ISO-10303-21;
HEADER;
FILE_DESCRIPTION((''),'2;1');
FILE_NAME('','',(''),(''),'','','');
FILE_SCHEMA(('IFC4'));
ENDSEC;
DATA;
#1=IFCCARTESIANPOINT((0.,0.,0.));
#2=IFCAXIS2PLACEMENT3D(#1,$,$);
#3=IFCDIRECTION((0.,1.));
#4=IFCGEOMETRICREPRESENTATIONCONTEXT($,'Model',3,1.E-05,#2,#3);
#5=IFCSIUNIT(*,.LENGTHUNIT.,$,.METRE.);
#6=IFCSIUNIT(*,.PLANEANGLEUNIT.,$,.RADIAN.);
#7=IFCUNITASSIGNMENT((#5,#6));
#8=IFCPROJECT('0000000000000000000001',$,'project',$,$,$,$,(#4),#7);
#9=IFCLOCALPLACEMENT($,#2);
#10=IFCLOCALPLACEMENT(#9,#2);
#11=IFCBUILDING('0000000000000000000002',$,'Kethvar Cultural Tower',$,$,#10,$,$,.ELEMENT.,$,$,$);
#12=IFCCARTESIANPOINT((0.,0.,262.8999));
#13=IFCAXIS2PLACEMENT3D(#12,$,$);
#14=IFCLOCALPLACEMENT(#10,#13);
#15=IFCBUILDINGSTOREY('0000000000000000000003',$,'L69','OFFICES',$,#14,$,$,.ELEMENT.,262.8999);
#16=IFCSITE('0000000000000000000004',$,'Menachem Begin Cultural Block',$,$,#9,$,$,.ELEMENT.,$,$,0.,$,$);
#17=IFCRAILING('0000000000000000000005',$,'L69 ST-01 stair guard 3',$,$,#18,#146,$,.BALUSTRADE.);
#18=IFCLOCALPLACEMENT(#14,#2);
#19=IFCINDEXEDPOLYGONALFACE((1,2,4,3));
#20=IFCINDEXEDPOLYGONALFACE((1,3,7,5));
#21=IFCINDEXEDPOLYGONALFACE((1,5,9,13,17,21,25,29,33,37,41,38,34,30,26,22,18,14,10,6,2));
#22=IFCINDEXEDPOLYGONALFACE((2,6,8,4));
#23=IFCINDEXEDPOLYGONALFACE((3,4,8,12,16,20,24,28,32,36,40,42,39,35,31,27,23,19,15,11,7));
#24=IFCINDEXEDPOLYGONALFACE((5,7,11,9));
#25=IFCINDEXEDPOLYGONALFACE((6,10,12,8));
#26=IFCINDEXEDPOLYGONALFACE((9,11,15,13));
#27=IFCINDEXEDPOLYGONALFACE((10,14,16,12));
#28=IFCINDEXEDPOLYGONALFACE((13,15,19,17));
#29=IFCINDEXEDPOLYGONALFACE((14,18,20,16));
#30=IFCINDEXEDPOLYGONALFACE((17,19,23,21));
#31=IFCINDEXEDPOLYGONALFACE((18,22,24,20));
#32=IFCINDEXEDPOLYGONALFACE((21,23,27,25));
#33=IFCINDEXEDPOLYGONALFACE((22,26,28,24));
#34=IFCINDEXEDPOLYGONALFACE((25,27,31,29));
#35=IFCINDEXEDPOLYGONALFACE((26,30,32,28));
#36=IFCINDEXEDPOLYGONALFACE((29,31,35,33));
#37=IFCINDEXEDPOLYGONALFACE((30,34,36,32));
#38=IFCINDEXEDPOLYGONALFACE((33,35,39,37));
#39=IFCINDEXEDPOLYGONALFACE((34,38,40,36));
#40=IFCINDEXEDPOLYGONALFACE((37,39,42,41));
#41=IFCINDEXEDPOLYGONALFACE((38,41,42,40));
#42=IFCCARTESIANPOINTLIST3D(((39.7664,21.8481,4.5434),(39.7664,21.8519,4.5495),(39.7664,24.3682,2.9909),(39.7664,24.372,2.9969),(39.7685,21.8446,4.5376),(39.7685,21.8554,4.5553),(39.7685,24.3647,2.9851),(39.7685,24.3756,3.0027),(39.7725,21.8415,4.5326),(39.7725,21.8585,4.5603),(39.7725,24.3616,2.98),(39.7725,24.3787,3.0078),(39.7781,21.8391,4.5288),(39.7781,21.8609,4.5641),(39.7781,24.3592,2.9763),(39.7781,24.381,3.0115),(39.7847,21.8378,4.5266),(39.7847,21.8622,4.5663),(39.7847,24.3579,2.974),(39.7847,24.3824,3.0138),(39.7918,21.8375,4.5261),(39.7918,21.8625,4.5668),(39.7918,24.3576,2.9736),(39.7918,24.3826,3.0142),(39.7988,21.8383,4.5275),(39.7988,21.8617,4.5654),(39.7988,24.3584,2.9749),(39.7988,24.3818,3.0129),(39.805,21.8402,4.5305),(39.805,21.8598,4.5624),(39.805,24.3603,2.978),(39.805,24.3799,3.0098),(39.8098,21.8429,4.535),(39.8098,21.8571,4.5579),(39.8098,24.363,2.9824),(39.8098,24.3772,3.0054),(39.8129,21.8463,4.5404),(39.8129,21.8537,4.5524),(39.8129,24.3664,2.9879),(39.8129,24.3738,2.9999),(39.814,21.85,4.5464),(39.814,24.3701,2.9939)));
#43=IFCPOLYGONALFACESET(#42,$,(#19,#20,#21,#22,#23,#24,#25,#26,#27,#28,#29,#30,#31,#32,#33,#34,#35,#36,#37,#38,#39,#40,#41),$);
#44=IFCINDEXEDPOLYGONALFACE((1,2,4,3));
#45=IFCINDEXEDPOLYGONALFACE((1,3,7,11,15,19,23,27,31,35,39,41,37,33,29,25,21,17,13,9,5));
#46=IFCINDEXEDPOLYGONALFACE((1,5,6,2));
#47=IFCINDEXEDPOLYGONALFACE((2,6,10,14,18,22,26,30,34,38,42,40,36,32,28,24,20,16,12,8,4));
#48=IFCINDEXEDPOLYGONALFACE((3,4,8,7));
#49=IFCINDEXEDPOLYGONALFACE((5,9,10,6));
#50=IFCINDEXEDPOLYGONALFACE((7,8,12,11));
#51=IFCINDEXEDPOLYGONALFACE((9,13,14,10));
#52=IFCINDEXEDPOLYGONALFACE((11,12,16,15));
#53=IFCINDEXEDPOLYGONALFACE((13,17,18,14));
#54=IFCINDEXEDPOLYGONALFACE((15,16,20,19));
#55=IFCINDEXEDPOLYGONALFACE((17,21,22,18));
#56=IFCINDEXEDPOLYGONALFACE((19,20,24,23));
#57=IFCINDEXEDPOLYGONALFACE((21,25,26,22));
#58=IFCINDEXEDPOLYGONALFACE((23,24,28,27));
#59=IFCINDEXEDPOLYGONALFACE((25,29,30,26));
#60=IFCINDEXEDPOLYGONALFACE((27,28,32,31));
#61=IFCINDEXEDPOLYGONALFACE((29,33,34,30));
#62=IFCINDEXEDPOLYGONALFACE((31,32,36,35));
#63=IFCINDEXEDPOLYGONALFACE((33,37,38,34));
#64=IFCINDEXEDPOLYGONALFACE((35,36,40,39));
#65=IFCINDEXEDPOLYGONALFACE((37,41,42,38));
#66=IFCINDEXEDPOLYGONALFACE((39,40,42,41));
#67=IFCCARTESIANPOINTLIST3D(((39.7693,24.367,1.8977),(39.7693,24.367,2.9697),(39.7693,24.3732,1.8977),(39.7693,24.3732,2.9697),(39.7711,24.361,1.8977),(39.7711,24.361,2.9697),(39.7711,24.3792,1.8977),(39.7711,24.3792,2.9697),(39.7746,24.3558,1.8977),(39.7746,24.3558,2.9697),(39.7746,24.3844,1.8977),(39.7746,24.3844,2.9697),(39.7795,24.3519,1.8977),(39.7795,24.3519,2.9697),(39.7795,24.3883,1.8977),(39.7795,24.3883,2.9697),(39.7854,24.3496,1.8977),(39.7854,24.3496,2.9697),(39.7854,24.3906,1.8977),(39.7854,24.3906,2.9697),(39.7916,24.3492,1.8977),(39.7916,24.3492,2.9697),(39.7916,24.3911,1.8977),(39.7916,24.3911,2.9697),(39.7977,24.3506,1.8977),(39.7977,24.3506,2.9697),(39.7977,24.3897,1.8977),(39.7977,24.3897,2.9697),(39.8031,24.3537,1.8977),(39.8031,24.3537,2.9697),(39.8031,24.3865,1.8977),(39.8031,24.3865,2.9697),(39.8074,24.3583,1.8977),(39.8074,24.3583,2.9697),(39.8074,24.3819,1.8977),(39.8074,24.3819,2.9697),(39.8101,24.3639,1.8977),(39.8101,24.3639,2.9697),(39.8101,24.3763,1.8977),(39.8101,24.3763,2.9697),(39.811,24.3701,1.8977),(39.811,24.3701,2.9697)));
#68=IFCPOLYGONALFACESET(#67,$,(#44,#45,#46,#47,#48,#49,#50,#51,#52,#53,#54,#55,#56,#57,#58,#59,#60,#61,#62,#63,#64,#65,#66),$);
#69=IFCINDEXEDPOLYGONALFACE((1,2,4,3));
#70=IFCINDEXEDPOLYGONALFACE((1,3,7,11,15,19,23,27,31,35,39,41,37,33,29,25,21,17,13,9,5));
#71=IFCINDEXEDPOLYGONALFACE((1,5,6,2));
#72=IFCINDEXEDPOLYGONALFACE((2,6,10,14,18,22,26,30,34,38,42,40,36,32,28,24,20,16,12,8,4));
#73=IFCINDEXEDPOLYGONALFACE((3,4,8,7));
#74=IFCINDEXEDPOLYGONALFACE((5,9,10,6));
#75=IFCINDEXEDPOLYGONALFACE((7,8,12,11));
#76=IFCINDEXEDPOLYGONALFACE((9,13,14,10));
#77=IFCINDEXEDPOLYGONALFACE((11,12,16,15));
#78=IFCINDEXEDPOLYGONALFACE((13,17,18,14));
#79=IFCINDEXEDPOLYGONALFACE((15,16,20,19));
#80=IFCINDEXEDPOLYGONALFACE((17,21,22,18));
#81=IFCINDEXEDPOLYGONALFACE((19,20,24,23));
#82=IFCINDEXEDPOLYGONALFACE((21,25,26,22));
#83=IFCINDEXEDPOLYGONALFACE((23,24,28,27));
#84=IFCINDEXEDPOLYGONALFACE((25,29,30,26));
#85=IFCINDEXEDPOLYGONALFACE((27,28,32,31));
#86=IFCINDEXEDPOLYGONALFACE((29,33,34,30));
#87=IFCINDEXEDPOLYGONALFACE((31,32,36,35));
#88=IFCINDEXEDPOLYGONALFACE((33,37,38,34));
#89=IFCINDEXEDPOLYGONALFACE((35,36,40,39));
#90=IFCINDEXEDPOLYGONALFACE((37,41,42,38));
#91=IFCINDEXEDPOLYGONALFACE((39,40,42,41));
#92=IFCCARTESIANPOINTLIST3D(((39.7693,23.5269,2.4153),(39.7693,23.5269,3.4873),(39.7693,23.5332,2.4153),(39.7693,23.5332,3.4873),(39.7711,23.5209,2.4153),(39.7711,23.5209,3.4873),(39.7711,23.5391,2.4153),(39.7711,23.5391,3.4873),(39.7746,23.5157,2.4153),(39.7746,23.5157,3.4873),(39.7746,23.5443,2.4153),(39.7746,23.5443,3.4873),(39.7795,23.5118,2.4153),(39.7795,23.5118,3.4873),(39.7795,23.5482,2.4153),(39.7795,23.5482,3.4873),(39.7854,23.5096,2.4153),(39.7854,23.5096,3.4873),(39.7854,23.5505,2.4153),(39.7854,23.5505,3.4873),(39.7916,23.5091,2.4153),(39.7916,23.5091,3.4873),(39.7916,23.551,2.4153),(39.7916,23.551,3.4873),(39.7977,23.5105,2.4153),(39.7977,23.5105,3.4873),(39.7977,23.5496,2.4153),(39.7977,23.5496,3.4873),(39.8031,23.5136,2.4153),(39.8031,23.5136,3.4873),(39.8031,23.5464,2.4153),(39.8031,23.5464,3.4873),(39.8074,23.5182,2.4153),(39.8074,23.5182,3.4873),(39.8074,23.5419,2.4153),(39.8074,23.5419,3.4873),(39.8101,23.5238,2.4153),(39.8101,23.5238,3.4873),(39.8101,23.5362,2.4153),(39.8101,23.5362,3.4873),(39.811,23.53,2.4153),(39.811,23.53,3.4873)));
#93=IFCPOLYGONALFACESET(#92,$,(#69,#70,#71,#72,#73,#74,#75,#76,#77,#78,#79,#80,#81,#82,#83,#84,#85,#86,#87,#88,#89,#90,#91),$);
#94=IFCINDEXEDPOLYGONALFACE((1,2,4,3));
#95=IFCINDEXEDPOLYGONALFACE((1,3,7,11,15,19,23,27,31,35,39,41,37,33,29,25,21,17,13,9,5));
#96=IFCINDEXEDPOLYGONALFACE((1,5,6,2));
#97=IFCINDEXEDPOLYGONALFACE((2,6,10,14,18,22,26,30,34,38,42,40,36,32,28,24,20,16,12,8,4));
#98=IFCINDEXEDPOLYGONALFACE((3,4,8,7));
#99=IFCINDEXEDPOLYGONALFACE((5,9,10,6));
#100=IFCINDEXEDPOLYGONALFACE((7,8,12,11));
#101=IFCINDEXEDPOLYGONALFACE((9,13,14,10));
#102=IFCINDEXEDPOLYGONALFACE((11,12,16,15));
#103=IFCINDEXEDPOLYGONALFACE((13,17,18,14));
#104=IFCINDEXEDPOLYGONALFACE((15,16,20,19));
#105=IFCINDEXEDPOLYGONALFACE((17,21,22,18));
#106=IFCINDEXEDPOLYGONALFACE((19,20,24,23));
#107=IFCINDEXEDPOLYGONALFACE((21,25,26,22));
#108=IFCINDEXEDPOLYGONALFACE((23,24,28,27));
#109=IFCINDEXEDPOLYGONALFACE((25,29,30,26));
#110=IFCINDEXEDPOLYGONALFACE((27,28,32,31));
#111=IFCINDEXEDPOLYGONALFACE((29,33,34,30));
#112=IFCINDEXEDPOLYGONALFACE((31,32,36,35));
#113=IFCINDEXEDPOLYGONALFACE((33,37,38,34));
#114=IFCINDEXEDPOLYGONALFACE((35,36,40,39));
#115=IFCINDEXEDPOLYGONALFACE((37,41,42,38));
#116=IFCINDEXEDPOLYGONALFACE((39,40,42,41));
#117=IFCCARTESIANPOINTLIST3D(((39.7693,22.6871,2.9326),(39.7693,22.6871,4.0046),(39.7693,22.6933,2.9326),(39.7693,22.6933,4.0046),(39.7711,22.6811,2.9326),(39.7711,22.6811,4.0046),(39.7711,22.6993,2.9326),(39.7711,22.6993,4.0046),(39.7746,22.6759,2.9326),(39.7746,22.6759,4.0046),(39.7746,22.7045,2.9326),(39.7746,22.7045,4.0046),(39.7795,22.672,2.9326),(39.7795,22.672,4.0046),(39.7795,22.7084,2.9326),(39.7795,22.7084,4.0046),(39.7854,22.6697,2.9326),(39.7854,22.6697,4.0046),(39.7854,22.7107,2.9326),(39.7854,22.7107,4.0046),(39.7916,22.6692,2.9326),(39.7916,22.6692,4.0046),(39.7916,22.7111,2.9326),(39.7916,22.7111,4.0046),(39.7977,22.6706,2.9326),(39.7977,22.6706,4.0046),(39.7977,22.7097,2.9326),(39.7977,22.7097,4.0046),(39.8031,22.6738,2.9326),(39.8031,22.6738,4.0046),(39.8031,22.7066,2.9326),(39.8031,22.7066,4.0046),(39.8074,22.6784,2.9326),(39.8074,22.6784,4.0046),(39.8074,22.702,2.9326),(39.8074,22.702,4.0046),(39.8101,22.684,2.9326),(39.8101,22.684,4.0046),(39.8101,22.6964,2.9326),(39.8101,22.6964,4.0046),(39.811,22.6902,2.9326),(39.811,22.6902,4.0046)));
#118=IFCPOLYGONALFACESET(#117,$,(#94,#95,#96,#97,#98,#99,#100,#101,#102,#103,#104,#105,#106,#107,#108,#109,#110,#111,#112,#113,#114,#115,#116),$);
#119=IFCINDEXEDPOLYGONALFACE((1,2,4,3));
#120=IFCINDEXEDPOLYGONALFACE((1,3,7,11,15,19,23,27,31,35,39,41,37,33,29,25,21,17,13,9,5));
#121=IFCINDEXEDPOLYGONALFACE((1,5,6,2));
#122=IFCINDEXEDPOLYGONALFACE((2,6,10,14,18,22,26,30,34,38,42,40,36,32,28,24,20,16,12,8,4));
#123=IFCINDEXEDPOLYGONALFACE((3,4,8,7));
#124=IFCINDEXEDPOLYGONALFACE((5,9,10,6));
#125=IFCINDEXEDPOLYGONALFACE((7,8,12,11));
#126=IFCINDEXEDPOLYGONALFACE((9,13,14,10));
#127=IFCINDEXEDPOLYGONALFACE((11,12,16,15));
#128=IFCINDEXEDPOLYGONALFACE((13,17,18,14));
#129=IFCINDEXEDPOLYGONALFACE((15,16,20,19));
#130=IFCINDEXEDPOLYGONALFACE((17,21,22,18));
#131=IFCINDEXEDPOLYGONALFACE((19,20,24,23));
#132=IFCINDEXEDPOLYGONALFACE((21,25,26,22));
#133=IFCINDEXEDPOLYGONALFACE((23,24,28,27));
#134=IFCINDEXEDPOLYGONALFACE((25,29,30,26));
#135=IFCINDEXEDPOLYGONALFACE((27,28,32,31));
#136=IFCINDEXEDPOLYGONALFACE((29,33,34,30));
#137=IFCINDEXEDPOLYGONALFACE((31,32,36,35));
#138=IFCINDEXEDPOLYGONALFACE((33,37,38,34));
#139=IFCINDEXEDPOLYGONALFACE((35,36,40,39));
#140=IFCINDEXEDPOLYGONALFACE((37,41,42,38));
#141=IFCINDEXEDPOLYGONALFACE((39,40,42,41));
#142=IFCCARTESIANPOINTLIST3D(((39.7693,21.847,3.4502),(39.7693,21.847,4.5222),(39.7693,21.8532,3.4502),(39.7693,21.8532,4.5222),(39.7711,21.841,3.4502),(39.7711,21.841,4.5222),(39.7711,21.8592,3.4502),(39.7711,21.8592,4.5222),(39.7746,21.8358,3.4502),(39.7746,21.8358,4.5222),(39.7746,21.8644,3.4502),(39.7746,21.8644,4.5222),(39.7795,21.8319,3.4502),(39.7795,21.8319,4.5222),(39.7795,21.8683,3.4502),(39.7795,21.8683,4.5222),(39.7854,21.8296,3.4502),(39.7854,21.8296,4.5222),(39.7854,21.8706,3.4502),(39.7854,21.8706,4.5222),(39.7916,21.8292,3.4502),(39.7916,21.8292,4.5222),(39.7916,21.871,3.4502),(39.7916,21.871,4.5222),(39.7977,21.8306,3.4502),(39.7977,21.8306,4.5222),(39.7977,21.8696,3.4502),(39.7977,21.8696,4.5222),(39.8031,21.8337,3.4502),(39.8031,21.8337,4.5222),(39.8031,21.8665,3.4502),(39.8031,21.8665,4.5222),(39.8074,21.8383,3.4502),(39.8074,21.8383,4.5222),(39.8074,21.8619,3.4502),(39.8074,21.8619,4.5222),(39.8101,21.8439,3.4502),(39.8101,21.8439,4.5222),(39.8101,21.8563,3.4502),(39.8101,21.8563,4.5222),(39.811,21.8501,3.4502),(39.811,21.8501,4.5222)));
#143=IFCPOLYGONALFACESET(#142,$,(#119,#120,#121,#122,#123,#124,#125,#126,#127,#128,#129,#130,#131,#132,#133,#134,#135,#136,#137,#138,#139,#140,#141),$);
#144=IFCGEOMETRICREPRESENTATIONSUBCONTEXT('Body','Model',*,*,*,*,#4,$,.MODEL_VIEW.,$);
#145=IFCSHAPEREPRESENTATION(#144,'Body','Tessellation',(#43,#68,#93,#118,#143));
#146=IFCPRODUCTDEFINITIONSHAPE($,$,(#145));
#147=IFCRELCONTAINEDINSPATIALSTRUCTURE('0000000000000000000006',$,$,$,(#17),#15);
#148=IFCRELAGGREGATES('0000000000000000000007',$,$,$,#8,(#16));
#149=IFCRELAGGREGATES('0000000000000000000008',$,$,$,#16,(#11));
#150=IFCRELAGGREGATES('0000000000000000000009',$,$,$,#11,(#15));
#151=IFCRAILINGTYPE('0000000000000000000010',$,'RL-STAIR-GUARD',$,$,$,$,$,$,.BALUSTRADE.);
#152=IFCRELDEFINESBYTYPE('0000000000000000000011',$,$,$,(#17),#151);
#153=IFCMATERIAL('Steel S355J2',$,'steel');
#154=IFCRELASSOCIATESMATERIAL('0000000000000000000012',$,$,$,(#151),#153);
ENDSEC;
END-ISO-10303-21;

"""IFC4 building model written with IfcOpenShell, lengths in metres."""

from ifc_helpers import new_model, si_unit, direction, frame, origin, origin_2d, place, context, subcontext, project, spatial, circle, extrude, material, type_object, element, save


model = new_model("IFC4")

# Units and contexts
model_context = context("Model", 3, precision=1e-05, world=origin(), true_north=direction((0.0, 1.0)))
body_context = subcontext(model_context, "Body", "Model", "MODEL_VIEW")
ifc_project = project(units=[si_unit("LENGTHUNIT", "METRE"), si_unit("PLANEANGLEUNIT", "RADIAN")], contexts=[model_context])

# Site, building, storey
site_placement = place(None, origin())
site = spatial("IfcSite", under=ifc_project, at=site_placement, Name="Menachem Begin Cultural Block", CompositionType="ELEMENT", RefElevation=0.0)
building_placement = place(site_placement, origin())
building = spatial("IfcBuilding", under=site, at=building_placement, Name="Kethvar Cultural Tower", CompositionType="ELEMENT")
storey_placement = place(building_placement, frame((0.0, 0.0, 262.8999)))
storey = spatial("IfcBuildingStorey", under=building, at=storey_placement, Name="L69", Description="OFFICES", CompositionType="ELEMENT", Elevation=262.8999)

# Shared definitions
ifc_material_1 = material(Name="Steel S355J2", Category="steel")

# Railing
railing_type_1 = type_object("IfcRailingType", Name="RL-STAIR-GUARD", PredefinedType="BALUSTRADE", material=ifc_material_1)
railing_1_placement = place(storey_placement, frame((39.79, 24.3701, 1.8977)))
element("IfcRailing", 1, at=railing_1_placement, inside=storey, type_object=railing_type_1, Name="L69 ST-01 stair guard 3", PredefinedType="BALUSTRADE", context=body_context, shape_type="SweptSolid", body=[
    extrude(circle(Radius=0.0239, at=origin_2d()), frame((0.0, 0.0, 1.0962), z_axis=(0.0, -0.8514, 0.524516), x_axis=(1.0, 0.0, 0.0)), (0.0, 0.0, 1.0), 2.96),
    extrude(circle(Radius=0.021, at=origin_2d()), origin(), (0.0, 0.0, 1.0), 1.072),
    extrude(circle(Radius=0.021, at=origin_2d()), frame((0.0, -0.8401, 0.5176)), (0.0, 0.0, 1.0), 1.072),
    extrude(circle(Radius=0.021, at=origin_2d()), frame((0.0, -1.6799, 1.0349)), (0.0, 0.0, 1.0), 1.072),
    extrude(circle(Radius=0.021, at=origin_2d()), frame((0.0, -2.52, 1.5525)), (0.0, 0.0, 1.0), 1.072),
])

save(model, "model.ifc")
